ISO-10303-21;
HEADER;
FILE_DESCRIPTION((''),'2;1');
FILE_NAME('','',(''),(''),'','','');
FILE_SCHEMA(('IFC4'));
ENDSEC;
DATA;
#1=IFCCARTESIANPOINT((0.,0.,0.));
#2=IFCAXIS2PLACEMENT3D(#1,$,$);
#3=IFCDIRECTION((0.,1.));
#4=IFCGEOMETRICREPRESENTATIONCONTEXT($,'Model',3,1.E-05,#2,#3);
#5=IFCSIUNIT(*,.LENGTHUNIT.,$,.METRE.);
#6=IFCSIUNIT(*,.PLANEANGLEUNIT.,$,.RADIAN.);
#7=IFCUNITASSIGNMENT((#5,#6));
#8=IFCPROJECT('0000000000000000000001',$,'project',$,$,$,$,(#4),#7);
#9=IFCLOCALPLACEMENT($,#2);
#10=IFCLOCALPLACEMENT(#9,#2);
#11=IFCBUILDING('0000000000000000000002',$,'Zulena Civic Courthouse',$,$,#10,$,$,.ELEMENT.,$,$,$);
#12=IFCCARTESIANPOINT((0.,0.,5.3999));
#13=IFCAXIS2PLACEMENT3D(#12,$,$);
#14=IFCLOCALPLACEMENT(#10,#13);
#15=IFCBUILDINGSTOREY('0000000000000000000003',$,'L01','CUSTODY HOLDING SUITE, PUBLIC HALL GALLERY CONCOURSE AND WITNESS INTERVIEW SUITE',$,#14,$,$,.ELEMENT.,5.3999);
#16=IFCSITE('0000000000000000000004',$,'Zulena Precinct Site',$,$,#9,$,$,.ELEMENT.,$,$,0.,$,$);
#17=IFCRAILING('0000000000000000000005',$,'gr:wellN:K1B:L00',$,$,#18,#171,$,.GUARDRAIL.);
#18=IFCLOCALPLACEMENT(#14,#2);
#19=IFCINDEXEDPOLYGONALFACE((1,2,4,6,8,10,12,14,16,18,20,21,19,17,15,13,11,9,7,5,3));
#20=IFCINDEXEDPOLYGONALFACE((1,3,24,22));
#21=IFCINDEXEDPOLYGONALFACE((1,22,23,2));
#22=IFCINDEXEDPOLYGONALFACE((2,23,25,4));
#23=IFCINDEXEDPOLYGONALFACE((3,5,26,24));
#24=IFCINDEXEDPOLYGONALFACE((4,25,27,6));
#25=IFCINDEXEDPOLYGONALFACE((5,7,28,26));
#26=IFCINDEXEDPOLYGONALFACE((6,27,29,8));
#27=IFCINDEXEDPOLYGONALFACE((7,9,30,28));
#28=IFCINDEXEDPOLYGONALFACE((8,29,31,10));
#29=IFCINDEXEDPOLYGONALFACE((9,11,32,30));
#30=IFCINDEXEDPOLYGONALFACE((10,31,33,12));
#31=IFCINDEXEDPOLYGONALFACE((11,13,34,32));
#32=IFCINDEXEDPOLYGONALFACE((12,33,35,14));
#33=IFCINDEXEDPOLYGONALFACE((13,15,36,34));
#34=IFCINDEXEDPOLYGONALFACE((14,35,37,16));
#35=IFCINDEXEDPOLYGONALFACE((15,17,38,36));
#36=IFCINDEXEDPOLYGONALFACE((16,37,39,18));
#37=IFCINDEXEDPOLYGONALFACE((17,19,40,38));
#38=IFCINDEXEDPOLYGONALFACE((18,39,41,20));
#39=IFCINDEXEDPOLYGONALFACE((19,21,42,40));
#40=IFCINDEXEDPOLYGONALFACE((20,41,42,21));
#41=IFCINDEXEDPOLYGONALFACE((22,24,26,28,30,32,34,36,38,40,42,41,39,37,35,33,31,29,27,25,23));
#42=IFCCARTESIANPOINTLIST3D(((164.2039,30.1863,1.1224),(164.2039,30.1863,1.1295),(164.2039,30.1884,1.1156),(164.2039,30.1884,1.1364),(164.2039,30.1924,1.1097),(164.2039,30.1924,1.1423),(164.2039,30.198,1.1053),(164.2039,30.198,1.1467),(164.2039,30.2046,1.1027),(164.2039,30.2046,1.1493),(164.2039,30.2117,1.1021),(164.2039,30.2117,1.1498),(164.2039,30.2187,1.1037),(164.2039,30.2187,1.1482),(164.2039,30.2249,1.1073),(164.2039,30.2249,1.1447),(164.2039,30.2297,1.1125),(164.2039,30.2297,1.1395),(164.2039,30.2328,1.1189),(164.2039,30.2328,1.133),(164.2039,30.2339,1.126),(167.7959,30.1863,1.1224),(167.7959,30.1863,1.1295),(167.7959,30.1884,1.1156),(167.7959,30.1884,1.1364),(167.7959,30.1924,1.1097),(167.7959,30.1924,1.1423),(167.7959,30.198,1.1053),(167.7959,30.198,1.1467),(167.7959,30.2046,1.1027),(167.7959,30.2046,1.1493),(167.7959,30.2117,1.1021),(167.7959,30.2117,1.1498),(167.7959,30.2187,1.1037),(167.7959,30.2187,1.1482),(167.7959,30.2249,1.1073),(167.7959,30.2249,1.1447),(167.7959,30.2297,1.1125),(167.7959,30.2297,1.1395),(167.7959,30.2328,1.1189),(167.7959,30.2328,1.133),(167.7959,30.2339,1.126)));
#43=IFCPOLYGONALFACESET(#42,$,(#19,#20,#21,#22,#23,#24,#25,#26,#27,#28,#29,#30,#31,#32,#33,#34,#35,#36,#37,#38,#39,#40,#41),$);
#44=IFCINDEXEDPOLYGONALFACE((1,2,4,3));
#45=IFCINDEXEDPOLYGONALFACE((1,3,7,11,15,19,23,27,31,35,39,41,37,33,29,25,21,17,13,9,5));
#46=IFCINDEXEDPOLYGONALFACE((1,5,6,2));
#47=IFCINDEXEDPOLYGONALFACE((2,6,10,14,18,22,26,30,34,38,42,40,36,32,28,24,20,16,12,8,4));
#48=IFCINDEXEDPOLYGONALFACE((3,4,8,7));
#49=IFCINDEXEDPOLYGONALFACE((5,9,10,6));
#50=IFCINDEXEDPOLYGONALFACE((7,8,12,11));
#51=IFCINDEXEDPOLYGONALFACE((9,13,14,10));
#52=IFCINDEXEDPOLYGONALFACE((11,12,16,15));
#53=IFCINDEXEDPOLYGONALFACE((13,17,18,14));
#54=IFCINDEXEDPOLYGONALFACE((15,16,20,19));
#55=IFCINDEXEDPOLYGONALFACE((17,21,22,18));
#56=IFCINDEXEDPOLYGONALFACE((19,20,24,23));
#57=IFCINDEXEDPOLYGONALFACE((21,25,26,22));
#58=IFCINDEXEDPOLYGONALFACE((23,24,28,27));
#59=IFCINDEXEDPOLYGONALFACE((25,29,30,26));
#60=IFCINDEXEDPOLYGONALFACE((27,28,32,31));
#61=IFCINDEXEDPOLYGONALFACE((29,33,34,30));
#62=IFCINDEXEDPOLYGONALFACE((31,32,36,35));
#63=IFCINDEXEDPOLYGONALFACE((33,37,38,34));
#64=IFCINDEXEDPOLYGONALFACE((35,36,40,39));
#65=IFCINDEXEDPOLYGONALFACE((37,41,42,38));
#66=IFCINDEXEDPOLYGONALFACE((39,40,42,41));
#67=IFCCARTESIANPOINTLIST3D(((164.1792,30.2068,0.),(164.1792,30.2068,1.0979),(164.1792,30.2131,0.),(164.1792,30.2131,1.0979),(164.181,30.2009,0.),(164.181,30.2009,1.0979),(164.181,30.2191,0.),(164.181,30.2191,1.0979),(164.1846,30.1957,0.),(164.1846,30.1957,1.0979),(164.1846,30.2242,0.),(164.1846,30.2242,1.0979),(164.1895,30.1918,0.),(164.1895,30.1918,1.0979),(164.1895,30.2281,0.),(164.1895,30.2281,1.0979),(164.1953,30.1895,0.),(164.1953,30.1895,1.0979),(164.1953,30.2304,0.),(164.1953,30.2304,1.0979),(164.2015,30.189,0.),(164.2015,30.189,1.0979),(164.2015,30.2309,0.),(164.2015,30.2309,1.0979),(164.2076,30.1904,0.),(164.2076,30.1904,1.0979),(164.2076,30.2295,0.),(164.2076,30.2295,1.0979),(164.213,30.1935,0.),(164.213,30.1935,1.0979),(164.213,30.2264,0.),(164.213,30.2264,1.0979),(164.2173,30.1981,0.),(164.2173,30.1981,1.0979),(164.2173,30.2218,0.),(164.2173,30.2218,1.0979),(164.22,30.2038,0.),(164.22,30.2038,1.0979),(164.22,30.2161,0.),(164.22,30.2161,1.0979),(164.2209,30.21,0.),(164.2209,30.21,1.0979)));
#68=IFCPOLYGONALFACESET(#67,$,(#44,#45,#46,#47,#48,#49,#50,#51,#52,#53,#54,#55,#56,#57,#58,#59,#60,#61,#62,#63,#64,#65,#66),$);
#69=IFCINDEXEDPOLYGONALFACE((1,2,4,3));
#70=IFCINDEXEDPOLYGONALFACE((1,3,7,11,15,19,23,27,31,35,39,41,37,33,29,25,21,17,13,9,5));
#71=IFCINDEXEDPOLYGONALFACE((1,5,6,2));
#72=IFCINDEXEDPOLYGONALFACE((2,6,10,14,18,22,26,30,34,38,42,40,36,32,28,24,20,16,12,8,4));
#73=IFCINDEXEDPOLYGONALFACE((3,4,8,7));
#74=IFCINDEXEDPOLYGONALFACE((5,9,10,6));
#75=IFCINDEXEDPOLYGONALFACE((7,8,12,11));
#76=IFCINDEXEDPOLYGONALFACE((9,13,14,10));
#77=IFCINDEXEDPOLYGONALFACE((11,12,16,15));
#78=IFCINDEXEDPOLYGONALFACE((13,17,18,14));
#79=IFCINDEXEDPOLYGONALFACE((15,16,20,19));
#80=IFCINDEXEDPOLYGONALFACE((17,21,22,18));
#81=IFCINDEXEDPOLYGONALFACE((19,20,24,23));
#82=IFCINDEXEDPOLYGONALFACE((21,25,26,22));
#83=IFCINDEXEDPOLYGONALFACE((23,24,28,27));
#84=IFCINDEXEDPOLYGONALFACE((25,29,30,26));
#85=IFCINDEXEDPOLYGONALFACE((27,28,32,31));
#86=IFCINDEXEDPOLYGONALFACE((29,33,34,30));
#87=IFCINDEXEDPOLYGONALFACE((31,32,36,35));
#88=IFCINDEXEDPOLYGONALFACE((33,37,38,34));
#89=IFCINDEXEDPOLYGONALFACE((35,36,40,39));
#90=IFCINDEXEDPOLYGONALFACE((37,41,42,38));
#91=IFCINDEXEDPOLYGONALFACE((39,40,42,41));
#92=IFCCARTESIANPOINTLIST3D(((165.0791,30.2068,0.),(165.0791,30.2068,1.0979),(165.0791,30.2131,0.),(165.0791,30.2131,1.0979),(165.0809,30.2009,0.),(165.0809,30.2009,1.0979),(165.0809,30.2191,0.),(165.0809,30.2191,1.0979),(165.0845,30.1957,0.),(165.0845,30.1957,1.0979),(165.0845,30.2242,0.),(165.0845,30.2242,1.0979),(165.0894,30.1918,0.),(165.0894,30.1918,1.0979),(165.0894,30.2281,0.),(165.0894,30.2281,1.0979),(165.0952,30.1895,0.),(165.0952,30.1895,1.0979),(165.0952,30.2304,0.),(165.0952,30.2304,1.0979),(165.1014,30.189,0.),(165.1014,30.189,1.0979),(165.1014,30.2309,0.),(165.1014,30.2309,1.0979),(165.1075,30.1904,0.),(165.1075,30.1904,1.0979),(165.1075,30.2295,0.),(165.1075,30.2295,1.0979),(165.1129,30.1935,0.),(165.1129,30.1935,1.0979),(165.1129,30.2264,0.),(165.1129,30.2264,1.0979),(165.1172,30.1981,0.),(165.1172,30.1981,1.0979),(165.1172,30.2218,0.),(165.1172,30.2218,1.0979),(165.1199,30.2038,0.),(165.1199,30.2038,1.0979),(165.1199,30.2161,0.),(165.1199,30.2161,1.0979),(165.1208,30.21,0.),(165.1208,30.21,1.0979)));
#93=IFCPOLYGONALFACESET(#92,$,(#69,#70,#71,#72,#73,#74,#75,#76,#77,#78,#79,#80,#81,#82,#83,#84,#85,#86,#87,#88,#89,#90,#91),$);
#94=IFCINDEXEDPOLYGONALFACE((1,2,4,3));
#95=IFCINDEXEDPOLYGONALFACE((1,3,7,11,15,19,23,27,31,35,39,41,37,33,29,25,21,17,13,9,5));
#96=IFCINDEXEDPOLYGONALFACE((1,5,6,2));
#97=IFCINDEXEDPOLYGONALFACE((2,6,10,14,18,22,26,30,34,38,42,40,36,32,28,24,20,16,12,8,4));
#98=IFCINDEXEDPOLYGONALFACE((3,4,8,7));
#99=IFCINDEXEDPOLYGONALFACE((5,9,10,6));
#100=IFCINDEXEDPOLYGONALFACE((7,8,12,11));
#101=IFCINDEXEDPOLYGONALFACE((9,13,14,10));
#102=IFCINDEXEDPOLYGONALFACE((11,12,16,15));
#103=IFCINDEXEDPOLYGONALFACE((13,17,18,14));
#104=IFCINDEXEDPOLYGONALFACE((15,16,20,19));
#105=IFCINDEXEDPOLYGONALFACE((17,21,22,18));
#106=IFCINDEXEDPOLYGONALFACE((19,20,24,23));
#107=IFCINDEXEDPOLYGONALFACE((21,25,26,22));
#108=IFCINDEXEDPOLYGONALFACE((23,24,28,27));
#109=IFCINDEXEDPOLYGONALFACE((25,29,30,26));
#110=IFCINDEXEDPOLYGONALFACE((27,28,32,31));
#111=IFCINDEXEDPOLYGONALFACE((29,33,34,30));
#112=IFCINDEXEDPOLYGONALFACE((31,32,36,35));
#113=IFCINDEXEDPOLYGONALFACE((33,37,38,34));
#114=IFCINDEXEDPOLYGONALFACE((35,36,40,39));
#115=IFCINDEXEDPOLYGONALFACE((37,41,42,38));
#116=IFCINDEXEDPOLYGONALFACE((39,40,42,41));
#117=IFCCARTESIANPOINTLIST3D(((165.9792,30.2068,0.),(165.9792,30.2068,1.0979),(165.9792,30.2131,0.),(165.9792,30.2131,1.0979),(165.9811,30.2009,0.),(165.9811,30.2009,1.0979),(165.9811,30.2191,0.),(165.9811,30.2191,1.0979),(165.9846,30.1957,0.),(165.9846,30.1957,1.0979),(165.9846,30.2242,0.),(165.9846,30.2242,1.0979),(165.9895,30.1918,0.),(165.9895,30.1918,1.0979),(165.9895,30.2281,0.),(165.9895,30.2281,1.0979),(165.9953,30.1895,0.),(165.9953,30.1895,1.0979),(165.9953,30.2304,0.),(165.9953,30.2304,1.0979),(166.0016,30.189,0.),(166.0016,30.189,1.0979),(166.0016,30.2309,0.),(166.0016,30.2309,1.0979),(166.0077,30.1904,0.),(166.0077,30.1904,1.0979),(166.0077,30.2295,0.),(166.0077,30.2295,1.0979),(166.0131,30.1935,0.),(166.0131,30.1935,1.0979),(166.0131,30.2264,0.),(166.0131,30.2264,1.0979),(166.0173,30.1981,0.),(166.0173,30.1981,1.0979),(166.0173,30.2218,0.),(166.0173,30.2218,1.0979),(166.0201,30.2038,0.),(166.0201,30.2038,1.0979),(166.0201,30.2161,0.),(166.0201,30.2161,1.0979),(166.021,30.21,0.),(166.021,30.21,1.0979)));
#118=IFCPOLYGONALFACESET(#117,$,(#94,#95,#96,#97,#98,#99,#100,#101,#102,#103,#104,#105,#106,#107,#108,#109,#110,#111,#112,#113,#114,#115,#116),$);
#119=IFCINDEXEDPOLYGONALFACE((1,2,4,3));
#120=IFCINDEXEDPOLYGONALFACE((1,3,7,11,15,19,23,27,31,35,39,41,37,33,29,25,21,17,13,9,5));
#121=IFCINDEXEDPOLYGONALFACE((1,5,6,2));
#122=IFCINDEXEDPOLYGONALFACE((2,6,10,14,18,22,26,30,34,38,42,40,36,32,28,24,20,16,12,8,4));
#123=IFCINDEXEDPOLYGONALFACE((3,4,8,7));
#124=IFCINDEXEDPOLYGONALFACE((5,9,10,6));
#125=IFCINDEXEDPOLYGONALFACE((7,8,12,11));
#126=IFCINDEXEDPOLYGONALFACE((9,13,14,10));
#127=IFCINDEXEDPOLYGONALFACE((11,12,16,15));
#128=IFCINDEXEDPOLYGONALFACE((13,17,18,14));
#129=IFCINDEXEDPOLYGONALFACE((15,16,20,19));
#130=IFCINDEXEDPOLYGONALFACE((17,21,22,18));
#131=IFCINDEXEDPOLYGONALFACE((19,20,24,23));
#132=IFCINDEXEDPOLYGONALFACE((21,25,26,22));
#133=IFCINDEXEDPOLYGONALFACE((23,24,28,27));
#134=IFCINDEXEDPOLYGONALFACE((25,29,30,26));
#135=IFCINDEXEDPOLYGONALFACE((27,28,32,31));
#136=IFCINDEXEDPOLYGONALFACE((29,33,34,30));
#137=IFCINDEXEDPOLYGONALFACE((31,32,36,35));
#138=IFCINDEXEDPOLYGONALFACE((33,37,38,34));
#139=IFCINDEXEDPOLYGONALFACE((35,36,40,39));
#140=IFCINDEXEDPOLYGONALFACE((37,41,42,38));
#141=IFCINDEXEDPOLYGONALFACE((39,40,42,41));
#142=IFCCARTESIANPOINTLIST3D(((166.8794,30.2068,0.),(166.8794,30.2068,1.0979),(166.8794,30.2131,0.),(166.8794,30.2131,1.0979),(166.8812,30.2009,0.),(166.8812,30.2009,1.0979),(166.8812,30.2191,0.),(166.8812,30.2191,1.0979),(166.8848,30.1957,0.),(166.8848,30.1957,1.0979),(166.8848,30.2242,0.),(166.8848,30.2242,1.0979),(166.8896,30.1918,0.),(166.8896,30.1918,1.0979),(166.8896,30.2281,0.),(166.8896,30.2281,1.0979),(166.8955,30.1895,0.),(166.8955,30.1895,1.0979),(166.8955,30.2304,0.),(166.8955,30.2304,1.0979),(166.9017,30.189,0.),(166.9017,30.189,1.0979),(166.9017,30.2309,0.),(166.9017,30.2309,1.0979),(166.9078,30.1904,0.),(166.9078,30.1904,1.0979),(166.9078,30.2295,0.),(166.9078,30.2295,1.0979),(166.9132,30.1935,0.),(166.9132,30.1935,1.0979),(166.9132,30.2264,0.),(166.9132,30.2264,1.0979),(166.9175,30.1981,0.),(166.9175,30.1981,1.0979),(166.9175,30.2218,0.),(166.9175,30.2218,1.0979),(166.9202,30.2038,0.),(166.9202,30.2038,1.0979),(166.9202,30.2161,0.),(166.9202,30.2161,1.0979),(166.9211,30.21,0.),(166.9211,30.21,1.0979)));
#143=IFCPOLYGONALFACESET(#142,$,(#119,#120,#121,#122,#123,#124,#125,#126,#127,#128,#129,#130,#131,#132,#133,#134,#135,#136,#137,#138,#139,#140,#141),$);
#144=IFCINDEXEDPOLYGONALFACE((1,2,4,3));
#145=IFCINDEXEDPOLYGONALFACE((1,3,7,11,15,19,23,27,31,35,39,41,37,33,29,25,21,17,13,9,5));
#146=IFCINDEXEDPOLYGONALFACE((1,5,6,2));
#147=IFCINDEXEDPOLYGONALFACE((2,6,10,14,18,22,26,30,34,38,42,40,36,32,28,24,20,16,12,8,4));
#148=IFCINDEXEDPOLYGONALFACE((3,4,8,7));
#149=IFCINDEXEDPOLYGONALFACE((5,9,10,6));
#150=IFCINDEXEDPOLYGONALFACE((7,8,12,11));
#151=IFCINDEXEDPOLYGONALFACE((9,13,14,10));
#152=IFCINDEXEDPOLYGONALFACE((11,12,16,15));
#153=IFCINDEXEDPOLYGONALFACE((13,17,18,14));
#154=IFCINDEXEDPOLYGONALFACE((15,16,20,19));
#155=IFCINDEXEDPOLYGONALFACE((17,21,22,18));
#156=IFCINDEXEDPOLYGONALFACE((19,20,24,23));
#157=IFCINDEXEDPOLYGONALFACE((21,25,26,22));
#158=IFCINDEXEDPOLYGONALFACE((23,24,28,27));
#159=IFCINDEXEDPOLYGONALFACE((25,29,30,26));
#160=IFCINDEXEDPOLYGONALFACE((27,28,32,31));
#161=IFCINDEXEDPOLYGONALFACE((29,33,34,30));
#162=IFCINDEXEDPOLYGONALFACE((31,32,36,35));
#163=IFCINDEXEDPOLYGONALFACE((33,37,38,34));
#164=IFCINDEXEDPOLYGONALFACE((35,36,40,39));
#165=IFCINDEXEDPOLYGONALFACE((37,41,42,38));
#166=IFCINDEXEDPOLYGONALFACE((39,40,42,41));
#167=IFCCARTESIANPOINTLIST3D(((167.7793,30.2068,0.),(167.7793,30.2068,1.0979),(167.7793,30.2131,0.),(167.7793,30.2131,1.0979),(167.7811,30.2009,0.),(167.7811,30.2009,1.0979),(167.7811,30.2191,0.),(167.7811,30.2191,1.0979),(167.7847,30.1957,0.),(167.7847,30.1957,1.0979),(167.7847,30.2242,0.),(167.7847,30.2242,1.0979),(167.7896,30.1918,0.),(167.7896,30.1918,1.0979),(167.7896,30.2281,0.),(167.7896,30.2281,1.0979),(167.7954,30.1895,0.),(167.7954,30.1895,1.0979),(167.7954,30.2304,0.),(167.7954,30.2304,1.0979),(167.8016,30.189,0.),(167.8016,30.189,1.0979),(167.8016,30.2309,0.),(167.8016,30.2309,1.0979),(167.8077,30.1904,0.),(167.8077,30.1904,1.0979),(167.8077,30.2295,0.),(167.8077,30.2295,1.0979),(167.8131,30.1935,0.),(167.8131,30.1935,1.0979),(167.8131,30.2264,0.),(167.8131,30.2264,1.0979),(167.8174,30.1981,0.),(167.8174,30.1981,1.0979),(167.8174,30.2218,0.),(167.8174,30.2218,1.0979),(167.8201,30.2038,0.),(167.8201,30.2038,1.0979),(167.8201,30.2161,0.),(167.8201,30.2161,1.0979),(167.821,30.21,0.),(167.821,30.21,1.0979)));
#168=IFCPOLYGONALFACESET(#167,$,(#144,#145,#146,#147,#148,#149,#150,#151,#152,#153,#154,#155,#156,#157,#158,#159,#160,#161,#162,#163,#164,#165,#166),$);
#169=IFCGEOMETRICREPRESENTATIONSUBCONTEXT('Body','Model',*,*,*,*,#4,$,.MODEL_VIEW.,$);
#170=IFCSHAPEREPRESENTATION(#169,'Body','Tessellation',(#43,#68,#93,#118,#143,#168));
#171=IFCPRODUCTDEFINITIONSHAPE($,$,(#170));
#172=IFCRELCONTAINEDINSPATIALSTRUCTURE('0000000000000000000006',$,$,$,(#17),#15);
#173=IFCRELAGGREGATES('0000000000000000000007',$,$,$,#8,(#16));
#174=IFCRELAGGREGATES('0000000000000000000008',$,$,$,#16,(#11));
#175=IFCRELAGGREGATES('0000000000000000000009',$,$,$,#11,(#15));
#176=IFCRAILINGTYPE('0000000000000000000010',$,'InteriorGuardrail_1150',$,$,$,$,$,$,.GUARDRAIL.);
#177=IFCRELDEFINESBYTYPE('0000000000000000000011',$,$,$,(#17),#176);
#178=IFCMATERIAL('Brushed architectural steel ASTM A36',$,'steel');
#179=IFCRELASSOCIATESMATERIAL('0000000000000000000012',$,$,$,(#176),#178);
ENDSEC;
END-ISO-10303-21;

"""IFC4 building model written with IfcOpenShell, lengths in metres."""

from ifc_helpers import new_model, si_unit, direction, frame, origin, origin_2d, place, context, subcontext, project, spatial, circle, extrude, material, type_object, element, save


model = new_model("IFC4")

# Units and contexts
model_context = context("Model", 3, precision=1e-05, world=origin(), true_north=direction((0.0, 1.0)))
body_context = subcontext(model_context, "Body", "Model", "MODEL_VIEW")
ifc_project = project(units=[si_unit("LENGTHUNIT", "METRE"), si_unit("PLANEANGLEUNIT", "RADIAN")], contexts=[model_context])

# Site, building, storey
site_placement = place(None, origin())
site = spatial("IfcSite", under=ifc_project, at=site_placement, Name="Zulena Precinct Site", CompositionType="ELEMENT", RefElevation=0.0)
building_placement = place(site_placement, origin())
building = spatial("IfcBuilding", under=site, at=building_placement, Name="Zulena Civic Courthouse", CompositionType="ELEMENT")
storey_placement = place(building_placement, frame((0.0, 0.0, 5.3999)))
storey = spatial("IfcBuildingStorey", under=building, at=storey_placement, Name="L01", Description="CUSTODY HOLDING SUITE, PUBLIC HALL GALLERY CONCOURSE AND WITNESS INTERVIEW SUITE", CompositionType="ELEMENT", Elevation=5.3999)

# Railing
ifc_material_1 = material(Name="Brushed architectural steel ASTM A36", Category="steel")
railing_type_1 = type_object("IfcRailingType", Name="InteriorGuardrail_1150", PredefinedType="GUARDRAIL", material=ifc_material_1)
railing_1_placement = place(storey_placement, frame((164.2, 30.21, 0.0)))
element("IfcRailing", 1, at=railing_1_placement, inside=storey, type_object=railing_type_1, Name="gr:wellN:K1B:L00", PredefinedType="GUARDRAIL", context=body_context, shape_type="SweptSolid", body=[
    extrude(circle(Radius=0.0239, at=origin_2d()), frame((0.0039, 0.0, 1.126), z_axis=(1.0, 0.0, 0.0), x_axis=(0.0, 1.0, 0.0)), (0.0, 0.0, 1.0), 3.592),
    extrude(circle(Radius=0.021, at=origin_2d()), origin(), (0.0, 0.0, 1.0), 1.0979),
    extrude(circle(Radius=0.021, at=origin_2d()), frame((0.8999, 0.0, 0.0)), (0.0, 0.0, 1.0), 1.0979),
    extrude(circle(Radius=0.021, at=origin_2d()), frame((1.8, 0.0, 0.0)), (0.0, 0.0, 1.0), 1.0979),
    extrude(circle(Radius=0.021, at=origin_2d()), frame((2.7002, 0.0, 0.0)), (0.0, 0.0, 1.0), 1.0979),
    extrude(circle(Radius=0.021, at=origin_2d()), frame((3.6001, 0.0, 0.0)), (0.0, 0.0, 1.0), 1.0979),
])

save(model, "model.ifc")
